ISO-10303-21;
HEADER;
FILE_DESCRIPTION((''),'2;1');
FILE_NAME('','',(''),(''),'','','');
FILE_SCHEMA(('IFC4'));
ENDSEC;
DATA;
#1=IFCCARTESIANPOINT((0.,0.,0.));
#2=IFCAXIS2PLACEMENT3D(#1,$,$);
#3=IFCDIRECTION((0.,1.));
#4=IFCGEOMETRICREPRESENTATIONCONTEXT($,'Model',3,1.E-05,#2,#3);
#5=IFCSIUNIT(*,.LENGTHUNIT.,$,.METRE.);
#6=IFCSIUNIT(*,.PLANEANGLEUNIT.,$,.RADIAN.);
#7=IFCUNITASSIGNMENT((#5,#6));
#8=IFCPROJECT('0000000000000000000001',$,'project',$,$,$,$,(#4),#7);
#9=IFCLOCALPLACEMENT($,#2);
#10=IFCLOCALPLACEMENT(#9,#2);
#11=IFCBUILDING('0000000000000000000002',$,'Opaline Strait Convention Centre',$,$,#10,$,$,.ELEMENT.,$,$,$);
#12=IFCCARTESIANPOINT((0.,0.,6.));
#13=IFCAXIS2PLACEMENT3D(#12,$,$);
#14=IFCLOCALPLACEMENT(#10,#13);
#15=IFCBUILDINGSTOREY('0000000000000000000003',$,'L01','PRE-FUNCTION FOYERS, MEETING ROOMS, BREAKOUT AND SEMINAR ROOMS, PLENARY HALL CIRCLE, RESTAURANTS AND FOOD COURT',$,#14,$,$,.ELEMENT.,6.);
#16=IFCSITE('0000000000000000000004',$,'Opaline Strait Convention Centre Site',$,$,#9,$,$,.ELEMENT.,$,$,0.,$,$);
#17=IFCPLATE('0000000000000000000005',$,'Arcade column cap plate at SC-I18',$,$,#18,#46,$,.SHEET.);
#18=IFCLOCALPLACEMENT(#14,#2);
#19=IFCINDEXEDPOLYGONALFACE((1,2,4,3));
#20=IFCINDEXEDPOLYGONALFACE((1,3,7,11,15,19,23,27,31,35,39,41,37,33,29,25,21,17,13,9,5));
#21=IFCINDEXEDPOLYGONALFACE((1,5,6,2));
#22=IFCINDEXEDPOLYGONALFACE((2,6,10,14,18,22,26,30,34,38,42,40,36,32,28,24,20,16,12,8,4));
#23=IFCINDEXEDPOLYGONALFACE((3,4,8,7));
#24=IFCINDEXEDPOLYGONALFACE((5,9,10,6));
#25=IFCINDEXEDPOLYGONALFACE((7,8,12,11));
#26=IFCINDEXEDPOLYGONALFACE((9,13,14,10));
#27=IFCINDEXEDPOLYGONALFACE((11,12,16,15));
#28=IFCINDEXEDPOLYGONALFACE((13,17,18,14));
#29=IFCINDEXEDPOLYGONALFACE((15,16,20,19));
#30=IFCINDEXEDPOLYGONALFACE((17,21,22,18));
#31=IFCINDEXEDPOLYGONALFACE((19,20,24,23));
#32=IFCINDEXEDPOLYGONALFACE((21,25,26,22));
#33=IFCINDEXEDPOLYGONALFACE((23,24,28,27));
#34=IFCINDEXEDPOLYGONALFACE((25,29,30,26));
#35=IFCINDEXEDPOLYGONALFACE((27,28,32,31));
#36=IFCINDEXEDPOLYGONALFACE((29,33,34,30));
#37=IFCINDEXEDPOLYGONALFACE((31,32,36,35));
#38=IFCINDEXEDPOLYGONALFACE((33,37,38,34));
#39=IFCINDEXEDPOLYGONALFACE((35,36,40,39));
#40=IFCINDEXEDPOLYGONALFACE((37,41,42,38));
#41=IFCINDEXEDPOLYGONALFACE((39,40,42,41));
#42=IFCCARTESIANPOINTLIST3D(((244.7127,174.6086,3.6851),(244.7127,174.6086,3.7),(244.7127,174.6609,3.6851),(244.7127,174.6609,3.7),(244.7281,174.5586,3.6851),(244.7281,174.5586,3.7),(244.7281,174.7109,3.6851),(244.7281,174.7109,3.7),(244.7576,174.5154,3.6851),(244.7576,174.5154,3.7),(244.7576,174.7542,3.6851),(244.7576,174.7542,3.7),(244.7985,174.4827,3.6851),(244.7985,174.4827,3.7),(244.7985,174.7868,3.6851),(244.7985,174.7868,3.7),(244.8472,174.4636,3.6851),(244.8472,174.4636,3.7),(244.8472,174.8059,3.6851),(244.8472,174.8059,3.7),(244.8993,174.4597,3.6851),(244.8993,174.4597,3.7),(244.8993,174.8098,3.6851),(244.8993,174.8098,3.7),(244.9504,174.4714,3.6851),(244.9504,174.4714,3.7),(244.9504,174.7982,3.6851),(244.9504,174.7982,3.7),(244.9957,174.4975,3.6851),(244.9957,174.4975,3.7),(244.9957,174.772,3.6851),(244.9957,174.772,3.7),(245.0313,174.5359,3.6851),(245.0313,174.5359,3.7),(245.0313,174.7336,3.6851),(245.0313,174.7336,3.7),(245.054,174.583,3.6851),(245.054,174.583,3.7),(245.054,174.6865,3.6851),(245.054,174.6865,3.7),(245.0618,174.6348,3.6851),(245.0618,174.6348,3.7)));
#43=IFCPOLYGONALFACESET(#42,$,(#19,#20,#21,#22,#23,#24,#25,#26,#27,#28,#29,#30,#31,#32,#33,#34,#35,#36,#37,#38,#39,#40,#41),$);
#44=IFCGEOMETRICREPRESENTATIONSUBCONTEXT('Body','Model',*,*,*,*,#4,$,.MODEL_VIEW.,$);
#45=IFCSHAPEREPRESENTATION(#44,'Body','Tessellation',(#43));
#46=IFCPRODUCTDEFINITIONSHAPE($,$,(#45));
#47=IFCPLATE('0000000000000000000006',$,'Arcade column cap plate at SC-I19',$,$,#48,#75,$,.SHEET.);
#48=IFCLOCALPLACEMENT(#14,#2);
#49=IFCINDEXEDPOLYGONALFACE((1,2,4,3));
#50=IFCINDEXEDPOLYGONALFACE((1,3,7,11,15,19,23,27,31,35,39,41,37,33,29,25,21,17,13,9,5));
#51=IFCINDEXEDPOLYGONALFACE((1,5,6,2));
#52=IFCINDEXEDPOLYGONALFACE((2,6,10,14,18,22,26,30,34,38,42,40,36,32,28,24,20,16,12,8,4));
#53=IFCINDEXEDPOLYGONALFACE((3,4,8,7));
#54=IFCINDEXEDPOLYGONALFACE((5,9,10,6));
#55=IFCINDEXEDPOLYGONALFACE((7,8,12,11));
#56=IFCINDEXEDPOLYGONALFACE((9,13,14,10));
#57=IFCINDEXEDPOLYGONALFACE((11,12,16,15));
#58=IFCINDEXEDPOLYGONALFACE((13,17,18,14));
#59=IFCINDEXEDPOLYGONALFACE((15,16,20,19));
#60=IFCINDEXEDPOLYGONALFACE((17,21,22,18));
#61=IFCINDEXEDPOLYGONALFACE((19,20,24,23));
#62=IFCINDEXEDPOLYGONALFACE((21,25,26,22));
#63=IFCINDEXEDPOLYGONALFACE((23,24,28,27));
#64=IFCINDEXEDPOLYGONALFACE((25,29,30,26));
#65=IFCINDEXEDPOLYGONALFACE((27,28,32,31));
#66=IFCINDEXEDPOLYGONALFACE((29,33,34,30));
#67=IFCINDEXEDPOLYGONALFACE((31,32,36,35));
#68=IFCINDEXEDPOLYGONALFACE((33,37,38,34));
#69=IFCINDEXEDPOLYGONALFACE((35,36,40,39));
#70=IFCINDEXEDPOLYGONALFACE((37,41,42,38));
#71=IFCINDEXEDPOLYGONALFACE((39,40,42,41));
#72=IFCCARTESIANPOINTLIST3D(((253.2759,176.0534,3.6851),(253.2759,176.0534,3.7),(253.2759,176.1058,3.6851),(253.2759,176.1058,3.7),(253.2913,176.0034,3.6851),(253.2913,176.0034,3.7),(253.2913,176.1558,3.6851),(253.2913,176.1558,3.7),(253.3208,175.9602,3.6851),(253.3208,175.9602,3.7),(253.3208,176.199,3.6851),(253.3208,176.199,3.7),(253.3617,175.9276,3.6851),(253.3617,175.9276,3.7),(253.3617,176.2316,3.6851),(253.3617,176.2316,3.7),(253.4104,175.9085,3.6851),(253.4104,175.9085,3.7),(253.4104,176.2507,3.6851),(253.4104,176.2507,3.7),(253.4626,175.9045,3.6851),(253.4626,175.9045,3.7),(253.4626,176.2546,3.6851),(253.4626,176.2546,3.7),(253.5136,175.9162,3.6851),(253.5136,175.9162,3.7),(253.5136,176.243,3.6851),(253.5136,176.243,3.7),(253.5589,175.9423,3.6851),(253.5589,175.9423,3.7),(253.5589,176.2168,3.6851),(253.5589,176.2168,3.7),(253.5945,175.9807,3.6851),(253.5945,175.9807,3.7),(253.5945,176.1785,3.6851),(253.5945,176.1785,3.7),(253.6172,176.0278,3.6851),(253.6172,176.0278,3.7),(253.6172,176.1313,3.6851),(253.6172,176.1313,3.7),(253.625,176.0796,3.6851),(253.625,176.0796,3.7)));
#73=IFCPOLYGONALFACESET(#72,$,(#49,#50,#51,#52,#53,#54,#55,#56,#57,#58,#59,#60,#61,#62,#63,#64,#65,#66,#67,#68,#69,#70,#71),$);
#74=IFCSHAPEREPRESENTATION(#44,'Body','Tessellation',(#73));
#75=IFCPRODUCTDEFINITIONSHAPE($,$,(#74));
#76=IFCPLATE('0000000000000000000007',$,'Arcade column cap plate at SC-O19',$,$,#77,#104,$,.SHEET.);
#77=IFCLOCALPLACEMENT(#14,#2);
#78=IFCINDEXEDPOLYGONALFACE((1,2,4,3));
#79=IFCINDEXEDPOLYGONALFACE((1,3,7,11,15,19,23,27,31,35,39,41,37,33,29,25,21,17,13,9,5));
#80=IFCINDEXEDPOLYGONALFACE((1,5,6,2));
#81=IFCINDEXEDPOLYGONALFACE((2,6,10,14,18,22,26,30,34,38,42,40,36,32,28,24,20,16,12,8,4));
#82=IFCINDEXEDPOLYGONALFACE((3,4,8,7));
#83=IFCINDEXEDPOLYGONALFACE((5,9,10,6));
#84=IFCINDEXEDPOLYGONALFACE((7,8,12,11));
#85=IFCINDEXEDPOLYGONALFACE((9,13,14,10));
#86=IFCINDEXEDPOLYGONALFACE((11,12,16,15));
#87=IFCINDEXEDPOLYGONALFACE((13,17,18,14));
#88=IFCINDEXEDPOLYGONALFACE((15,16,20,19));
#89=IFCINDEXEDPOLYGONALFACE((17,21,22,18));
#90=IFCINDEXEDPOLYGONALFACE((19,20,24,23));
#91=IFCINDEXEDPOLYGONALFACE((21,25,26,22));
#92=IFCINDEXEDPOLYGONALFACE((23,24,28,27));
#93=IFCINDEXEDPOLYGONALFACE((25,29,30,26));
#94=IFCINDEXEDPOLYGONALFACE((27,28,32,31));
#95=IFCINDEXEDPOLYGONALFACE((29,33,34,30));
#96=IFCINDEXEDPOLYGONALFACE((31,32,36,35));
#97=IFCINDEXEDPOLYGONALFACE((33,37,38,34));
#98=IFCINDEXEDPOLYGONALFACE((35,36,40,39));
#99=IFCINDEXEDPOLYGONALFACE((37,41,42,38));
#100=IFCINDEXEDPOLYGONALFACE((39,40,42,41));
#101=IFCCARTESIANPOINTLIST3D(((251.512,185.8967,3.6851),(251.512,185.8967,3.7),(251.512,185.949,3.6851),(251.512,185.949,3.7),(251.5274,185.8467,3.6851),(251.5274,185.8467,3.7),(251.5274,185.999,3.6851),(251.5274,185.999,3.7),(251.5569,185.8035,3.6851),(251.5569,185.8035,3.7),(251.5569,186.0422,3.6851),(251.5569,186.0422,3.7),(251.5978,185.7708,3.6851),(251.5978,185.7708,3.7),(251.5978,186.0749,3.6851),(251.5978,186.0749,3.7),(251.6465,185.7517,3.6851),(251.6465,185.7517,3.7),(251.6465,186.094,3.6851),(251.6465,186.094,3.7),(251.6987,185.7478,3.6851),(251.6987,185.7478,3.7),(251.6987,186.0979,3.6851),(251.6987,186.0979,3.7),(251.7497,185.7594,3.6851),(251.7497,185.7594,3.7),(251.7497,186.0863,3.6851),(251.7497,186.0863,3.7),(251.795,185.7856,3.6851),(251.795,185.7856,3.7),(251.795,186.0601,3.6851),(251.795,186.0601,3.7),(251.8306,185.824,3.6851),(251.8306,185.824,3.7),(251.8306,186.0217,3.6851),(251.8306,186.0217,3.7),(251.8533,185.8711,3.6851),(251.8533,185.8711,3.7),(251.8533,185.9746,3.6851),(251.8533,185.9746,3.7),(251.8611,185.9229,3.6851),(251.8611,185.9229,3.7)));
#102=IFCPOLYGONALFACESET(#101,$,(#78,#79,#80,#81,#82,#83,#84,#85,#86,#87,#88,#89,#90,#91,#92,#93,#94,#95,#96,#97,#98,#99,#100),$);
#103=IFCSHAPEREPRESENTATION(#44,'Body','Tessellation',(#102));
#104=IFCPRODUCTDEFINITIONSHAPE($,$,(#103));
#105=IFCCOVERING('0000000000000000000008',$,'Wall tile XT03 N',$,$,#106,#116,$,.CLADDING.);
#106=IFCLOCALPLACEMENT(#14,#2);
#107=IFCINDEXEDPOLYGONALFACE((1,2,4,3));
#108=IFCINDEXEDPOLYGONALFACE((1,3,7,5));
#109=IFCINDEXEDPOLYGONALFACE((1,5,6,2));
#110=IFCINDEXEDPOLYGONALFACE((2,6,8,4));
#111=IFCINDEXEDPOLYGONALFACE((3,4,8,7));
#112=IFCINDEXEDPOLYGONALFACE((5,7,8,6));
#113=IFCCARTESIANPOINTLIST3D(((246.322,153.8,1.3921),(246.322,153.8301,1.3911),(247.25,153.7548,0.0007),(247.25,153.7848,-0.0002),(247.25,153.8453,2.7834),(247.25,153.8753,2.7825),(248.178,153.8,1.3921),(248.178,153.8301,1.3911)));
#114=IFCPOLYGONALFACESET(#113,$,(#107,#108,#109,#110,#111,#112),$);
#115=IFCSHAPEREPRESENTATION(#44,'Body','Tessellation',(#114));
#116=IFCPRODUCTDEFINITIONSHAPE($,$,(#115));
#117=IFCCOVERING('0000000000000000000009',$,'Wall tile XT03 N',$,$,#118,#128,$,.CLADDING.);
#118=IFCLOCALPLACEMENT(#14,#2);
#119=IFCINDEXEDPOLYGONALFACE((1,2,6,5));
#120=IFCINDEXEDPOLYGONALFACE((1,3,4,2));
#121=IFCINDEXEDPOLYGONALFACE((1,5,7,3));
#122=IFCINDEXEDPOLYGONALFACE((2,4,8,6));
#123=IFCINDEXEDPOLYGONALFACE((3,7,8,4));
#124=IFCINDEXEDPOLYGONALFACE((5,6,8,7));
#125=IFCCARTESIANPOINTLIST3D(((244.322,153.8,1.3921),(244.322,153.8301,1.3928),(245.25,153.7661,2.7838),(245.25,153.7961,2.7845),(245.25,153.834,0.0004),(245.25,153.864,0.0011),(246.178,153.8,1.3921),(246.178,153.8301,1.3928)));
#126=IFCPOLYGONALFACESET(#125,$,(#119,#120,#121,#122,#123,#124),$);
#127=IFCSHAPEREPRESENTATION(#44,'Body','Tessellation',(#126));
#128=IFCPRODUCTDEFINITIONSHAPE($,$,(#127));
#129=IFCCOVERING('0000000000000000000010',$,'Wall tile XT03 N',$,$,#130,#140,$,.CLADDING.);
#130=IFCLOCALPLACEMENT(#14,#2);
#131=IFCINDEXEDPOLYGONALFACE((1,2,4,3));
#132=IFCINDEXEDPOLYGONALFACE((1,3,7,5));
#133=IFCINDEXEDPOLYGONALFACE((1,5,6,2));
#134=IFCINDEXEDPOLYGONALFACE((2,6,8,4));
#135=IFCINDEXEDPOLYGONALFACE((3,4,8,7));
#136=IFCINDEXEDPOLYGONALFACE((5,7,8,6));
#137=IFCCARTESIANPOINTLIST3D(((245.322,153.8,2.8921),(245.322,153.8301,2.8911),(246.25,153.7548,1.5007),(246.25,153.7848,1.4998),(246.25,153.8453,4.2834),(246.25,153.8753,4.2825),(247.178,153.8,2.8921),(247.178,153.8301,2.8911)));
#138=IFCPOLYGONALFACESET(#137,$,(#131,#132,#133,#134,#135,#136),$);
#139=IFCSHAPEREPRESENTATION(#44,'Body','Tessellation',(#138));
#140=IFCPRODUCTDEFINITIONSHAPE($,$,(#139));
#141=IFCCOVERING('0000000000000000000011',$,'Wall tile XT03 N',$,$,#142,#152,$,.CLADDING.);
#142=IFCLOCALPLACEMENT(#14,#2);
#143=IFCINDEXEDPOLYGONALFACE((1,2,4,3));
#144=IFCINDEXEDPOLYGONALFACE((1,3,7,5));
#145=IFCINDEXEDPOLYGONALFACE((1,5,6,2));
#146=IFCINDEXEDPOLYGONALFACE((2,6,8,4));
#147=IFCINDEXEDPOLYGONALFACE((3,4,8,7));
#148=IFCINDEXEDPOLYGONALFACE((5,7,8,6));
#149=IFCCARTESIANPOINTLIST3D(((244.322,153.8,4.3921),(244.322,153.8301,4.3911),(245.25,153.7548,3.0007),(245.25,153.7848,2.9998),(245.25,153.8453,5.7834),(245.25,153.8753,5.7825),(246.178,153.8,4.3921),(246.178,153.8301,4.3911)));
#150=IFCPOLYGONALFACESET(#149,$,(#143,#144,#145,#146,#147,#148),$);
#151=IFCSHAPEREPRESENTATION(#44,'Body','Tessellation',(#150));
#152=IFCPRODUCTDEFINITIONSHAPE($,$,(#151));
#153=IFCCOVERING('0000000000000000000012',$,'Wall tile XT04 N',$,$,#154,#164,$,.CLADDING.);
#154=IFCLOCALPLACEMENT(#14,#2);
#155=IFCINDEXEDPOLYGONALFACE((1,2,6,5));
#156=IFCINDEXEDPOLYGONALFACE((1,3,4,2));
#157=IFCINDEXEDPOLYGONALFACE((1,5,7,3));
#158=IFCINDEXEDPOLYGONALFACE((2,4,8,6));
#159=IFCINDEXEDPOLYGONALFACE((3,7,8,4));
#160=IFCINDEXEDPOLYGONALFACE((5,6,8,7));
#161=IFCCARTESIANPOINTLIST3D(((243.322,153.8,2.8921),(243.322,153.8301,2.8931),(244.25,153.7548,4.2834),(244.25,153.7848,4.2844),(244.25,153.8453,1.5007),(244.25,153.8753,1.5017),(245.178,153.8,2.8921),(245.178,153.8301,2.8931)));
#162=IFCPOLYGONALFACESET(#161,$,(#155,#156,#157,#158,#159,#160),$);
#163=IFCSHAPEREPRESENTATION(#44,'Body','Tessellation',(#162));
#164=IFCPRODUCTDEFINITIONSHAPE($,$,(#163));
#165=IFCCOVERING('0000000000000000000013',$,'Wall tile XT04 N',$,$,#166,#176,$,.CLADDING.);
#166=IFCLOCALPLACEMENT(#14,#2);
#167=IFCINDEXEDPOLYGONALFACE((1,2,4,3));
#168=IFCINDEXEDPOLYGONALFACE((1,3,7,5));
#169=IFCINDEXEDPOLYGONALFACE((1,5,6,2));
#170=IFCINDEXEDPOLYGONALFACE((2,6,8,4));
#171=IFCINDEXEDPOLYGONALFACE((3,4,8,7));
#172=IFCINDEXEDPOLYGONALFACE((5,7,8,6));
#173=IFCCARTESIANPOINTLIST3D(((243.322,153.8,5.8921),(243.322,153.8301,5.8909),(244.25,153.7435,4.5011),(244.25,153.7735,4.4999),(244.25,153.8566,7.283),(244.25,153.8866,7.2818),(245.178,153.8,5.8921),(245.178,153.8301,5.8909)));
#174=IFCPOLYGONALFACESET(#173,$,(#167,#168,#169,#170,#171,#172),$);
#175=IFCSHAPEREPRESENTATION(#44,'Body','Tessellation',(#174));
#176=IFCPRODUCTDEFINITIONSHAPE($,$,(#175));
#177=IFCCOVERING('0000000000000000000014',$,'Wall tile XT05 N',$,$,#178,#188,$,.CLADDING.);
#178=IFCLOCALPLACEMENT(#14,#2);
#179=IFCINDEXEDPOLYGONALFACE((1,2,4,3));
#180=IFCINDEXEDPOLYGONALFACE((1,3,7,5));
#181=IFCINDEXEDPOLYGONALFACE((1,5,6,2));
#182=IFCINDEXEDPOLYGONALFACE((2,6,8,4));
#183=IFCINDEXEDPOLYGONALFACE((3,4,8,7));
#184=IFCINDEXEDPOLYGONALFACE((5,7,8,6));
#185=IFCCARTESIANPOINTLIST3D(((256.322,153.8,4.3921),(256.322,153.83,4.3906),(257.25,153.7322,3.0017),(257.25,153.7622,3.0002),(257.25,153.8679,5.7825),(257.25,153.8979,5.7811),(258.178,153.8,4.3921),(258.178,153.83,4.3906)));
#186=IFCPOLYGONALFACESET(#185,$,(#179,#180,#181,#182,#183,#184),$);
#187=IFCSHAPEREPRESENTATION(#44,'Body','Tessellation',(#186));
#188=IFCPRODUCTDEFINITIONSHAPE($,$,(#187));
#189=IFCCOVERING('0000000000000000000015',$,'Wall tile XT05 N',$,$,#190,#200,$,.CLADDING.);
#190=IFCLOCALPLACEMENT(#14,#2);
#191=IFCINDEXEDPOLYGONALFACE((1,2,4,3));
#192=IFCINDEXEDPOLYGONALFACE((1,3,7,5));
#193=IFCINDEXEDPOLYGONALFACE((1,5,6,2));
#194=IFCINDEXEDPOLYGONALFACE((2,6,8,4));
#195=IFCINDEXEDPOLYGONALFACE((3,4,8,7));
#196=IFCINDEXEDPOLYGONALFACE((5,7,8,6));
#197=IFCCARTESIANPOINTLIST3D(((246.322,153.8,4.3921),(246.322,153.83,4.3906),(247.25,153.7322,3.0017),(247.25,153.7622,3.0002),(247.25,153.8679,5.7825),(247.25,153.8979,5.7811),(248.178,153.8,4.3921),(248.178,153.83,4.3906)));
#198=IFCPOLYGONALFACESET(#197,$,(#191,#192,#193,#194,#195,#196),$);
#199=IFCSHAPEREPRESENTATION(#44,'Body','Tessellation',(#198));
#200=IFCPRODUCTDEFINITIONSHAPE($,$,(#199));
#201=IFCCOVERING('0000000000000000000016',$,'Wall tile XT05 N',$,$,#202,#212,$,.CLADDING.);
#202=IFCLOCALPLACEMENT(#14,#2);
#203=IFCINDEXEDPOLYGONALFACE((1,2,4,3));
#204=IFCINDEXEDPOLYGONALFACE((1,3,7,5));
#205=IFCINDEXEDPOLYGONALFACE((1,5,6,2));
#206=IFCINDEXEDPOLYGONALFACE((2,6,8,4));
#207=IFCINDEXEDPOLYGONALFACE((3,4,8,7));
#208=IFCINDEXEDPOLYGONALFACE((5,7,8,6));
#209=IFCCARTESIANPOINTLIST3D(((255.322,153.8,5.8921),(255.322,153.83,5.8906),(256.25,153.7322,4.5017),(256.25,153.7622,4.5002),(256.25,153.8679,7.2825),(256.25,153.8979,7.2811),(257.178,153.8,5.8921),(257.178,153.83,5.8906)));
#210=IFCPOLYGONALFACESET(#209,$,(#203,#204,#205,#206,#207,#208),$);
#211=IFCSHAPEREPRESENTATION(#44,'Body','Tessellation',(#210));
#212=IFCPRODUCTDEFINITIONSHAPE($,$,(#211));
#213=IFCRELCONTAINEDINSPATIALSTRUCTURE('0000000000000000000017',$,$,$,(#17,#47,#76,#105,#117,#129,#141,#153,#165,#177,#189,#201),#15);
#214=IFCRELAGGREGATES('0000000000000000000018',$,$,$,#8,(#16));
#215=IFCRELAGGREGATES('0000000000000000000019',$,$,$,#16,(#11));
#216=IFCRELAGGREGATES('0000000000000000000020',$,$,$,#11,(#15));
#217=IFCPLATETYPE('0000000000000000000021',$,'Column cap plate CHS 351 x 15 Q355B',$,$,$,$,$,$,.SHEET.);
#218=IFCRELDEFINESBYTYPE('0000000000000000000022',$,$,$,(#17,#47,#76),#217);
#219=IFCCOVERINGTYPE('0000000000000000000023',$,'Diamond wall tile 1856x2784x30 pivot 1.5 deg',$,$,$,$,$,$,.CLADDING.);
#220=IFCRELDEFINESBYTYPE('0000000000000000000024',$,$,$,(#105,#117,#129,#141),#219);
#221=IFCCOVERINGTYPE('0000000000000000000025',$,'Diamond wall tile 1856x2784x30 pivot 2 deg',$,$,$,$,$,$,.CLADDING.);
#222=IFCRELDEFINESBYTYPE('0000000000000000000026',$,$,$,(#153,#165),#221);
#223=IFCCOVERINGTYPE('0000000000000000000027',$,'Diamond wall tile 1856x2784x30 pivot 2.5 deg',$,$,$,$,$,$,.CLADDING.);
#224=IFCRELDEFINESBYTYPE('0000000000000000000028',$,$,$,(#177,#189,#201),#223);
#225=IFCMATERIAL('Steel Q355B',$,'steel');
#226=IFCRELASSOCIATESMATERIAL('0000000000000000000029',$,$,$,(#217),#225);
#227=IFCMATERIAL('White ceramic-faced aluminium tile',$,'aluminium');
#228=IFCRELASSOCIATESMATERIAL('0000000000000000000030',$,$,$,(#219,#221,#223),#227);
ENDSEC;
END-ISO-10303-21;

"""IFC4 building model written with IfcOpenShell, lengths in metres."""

from ifc_helpers import new_model, si_unit, direction, frame, origin, origin_2d, place, context, subcontext, project, spatial, polyline, circle, outline, extrude, material, material_profile, profile_set, type_object, element, save


model = new_model("IFC4")

# Units and contexts
model_context = context("Model", 3, precision=1e-05, world=origin(), true_north=direction((0.0, 1.0)))
body_context = subcontext(model_context, "Body", "Model", "MODEL_VIEW")
ifc_project = project(units=[si_unit("LENGTHUNIT", "METRE"), si_unit("PLANEANGLEUNIT", "RADIAN")], contexts=[model_context])

# Site, building, storey
site_placement = place(None, origin())
site = spatial("IfcSite", under=ifc_project, at=site_placement, Name="Opaline Strait Convention Centre Site", CompositionType="ELEMENT", RefElevation=0.0)
building_placement = place(site_placement, origin())
building = spatial("IfcBuilding", under=site, at=building_placement, Name="Opaline Strait Convention Centre", CompositionType="ELEMENT")
storey_placement = place(building_placement, frame((0.0, 0.0, 6.0)))
storey = spatial("IfcBuildingStorey", under=building, at=storey_placement, Name="L01", Description="PRE-FUNCTION FOYERS, MEETING ROOMS, BREAKOUT AND SEMINAR ROOMS, PLENARY HALL CIRCLE, RESTAURANTS AND FOOD COURT", CompositionType="ELEMENT", Elevation=6.0)

# Shared definitions
ifc_material_1 = material(Name="Steel Q355B", Category="steel")

# Plates
ifc_material_profile_1 = material_profile(ifc_material_1, circle(Radius=0.1755, at=origin_2d()), Name="D351")
ifc_profile_set_1 = profile_set([ifc_material_profile_1], Name="Steel Q355B")
plate_type = type_object("IfcPlateType", Name="Column cap plate CHS 351 x 15 Q355B", PredefinedType="SHEET", material=ifc_profile_set_1)
for number, where, z_axis, x_axis, name in (
    (1, (244.8862, 174.6348, 3.6851), (0.0, 0.0, 1.0), (1.0, 0.0, 0.0), "Arcade column cap plate at SC-I18"),
    (2, (253.4495, 176.0796, 3.6851), (0.0, 0.0, 1.0), (1.0, 0.0, 0.0), "Arcade column cap plate at SC-I19"),
    (3, (251.6855, 185.9229, 3.6851), (0.0, 0.0, 1.0), (1.0, 0.0, 0.0), "Arcade column cap plate at SC-O19"),
):
    element("IfcPlate", number, at=place(storey_placement, frame(where, z_axis=z_axis, x_axis=x_axis)), inside=storey, type_object=plate_type, Name=name, PredefinedType="SHEET", context=body_context, shape_type="SweptSolid", body=[
        extrude(circle(Radius=0.1755, at=origin_2d()), origin(), (0.0, 0.0, 1.0), 0.0149),
    ])

# Coverings
ifc_material_2 = material(Name="White ceramic-faced aluminium tile", Category="aluminium")
ifc_material_profile_2 = material_profile(ifc_material_2, outline(polyline([(0.928, 0.0), (0.0, 1.3921), (-0.928, 0.0), (0.0, -1.3921), (0.928, 0.0)])), Name="Diamond tile 1856x2784")
ifc_profile_set_2 = profile_set([ifc_material_profile_2], Name="White ceramic-faced aluminium tile")
covering_type_1 = type_object("IfcCoveringType", Name="Diamond wall tile 1856x2784x30 pivot 1.5 deg", PredefinedType="CLADDING", material=ifc_profile_set_2)
for number, where, z_axis, x_axis, name in (
    (4, (247.25, 153.8, 1.3921), (0.0, 0.999472, -0.032503), (-1.0, 0.0, 0.0), "Wall tile XT03 N"),
    (5, (245.25, 153.8, 1.3921), (0.0, 0.999703, 0.024383), (-1.0, 0.0, 0.0), "Wall tile XT03 N"),
    (6, (246.25, 153.8, 2.8921), (0.0, 0.999472, -0.032503), (-1.0, 0.0, 0.0), "Wall tile XT03 N"),
    (7, (245.25, 153.8, 4.3921), (0.0, 0.999472, -0.032503), (-1.0, 0.0, 0.0), "Wall tile XT03 N"),
):
    element("IfcCovering", number, at=place(storey_placement, frame(where, z_axis=z_axis, x_axis=x_axis)), inside=storey, type_object=covering_type_1, Name=name, PredefinedType="CLADDING", context=body_context, shape_type="SweptSolid", body=[
        extrude(outline(polyline([(0.928, 0.0), (0.0, 1.3921), (-0.928, 0.0), (0.0, -1.3921), (0.928, 0.0)])), origin(), (0.0, 0.0, 1.0), 0.03),
    ])
ifc_material_profile_3 = material_profile(ifc_material_2, outline(polyline([(0.928, 0.0), (0.0, 1.3921), (-0.928, 0.0), (0.0, -1.3921), (0.928, 0.0)])), Name="Diamond tile 1856x2784")
ifc_profile_set_3 = profile_set([ifc_material_profile_3], Name="White ceramic-faced aluminium tile")
covering_type_2 = type_object("IfcCoveringType", Name="Diamond wall tile 1856x2784x30 pivot 2 deg", PredefinedType="CLADDING", material=ifc_profile_set_3)
for number, where, z_axis, x_axis, name in (
    (8, (244.25, 153.8, 2.8921), (0.0, 0.999472, 0.032503), (-1.0, 0.0, 0.0), "Wall tile XT04 N"),
    (9, (244.25, 153.8, 5.8921), (0.0, 0.999175, -0.040617), (-1.0, 0.0, 0.0), "Wall tile XT04 N"),
):
    element("IfcCovering", number, at=place(storey_placement, frame(where, z_axis=z_axis, x_axis=x_axis)), inside=storey, type_object=covering_type_2, Name=name, PredefinedType="CLADDING", context=body_context, shape_type="SweptSolid", body=[
        extrude(outline(polyline([(0.928, 0.0), (0.0, 1.3921), (-0.928, 0.0), (0.0, -1.3921), (0.928, 0.0)])), origin(), (0.0, 0.0, 1.0), 0.03),
    ])
ifc_material_profile_4 = material_profile(ifc_material_2, outline(polyline([(0.928, 0.0), (0.0, 1.3921), (-0.928, 0.0), (0.0, -1.3921), (0.928, 0.0)])), Name="Diamond tile 1856x2784")
ifc_profile_set_4 = profile_set([ifc_material_profile_4], Name="White ceramic-faced aluminium tile")
covering_type_3 = type_object("IfcCoveringType", Name="Diamond wall tile 1856x2784x30 pivot 2.5 deg", PredefinedType="CLADDING", material=ifc_profile_set_4)
for number, where, z_axis, x_axis, name in (
    (10, (257.25, 153.8, 4.3921), (0.0, 0.998812, -0.048723), (-1.0, 0.0, 0.0), "Wall tile XT05 N"),
    (11, (247.25, 153.8, 4.3921), (0.0, 0.998812, -0.048723), (-1.0, 0.0, 0.0), "Wall tile XT05 N"),
    (12, (256.25, 153.8, 5.8921), (0.0, 0.998812, -0.048723), (-1.0, 0.0, 0.0), "Wall tile XT05 N"),
):
    element("IfcCovering", number, at=place(storey_placement, frame(where, z_axis=z_axis, x_axis=x_axis)), inside=storey, type_object=covering_type_3, Name=name, PredefinedType="CLADDING", context=body_context, shape_type="SweptSolid", body=[
        extrude(outline(polyline([(0.928, 0.0), (0.0, 1.3921), (-0.928, 0.0), (0.0, -1.3921), (0.928, 0.0)])), origin(), (0.0, 0.0, 1.0), 0.03),
    ])

save(model, "model.ifc")
